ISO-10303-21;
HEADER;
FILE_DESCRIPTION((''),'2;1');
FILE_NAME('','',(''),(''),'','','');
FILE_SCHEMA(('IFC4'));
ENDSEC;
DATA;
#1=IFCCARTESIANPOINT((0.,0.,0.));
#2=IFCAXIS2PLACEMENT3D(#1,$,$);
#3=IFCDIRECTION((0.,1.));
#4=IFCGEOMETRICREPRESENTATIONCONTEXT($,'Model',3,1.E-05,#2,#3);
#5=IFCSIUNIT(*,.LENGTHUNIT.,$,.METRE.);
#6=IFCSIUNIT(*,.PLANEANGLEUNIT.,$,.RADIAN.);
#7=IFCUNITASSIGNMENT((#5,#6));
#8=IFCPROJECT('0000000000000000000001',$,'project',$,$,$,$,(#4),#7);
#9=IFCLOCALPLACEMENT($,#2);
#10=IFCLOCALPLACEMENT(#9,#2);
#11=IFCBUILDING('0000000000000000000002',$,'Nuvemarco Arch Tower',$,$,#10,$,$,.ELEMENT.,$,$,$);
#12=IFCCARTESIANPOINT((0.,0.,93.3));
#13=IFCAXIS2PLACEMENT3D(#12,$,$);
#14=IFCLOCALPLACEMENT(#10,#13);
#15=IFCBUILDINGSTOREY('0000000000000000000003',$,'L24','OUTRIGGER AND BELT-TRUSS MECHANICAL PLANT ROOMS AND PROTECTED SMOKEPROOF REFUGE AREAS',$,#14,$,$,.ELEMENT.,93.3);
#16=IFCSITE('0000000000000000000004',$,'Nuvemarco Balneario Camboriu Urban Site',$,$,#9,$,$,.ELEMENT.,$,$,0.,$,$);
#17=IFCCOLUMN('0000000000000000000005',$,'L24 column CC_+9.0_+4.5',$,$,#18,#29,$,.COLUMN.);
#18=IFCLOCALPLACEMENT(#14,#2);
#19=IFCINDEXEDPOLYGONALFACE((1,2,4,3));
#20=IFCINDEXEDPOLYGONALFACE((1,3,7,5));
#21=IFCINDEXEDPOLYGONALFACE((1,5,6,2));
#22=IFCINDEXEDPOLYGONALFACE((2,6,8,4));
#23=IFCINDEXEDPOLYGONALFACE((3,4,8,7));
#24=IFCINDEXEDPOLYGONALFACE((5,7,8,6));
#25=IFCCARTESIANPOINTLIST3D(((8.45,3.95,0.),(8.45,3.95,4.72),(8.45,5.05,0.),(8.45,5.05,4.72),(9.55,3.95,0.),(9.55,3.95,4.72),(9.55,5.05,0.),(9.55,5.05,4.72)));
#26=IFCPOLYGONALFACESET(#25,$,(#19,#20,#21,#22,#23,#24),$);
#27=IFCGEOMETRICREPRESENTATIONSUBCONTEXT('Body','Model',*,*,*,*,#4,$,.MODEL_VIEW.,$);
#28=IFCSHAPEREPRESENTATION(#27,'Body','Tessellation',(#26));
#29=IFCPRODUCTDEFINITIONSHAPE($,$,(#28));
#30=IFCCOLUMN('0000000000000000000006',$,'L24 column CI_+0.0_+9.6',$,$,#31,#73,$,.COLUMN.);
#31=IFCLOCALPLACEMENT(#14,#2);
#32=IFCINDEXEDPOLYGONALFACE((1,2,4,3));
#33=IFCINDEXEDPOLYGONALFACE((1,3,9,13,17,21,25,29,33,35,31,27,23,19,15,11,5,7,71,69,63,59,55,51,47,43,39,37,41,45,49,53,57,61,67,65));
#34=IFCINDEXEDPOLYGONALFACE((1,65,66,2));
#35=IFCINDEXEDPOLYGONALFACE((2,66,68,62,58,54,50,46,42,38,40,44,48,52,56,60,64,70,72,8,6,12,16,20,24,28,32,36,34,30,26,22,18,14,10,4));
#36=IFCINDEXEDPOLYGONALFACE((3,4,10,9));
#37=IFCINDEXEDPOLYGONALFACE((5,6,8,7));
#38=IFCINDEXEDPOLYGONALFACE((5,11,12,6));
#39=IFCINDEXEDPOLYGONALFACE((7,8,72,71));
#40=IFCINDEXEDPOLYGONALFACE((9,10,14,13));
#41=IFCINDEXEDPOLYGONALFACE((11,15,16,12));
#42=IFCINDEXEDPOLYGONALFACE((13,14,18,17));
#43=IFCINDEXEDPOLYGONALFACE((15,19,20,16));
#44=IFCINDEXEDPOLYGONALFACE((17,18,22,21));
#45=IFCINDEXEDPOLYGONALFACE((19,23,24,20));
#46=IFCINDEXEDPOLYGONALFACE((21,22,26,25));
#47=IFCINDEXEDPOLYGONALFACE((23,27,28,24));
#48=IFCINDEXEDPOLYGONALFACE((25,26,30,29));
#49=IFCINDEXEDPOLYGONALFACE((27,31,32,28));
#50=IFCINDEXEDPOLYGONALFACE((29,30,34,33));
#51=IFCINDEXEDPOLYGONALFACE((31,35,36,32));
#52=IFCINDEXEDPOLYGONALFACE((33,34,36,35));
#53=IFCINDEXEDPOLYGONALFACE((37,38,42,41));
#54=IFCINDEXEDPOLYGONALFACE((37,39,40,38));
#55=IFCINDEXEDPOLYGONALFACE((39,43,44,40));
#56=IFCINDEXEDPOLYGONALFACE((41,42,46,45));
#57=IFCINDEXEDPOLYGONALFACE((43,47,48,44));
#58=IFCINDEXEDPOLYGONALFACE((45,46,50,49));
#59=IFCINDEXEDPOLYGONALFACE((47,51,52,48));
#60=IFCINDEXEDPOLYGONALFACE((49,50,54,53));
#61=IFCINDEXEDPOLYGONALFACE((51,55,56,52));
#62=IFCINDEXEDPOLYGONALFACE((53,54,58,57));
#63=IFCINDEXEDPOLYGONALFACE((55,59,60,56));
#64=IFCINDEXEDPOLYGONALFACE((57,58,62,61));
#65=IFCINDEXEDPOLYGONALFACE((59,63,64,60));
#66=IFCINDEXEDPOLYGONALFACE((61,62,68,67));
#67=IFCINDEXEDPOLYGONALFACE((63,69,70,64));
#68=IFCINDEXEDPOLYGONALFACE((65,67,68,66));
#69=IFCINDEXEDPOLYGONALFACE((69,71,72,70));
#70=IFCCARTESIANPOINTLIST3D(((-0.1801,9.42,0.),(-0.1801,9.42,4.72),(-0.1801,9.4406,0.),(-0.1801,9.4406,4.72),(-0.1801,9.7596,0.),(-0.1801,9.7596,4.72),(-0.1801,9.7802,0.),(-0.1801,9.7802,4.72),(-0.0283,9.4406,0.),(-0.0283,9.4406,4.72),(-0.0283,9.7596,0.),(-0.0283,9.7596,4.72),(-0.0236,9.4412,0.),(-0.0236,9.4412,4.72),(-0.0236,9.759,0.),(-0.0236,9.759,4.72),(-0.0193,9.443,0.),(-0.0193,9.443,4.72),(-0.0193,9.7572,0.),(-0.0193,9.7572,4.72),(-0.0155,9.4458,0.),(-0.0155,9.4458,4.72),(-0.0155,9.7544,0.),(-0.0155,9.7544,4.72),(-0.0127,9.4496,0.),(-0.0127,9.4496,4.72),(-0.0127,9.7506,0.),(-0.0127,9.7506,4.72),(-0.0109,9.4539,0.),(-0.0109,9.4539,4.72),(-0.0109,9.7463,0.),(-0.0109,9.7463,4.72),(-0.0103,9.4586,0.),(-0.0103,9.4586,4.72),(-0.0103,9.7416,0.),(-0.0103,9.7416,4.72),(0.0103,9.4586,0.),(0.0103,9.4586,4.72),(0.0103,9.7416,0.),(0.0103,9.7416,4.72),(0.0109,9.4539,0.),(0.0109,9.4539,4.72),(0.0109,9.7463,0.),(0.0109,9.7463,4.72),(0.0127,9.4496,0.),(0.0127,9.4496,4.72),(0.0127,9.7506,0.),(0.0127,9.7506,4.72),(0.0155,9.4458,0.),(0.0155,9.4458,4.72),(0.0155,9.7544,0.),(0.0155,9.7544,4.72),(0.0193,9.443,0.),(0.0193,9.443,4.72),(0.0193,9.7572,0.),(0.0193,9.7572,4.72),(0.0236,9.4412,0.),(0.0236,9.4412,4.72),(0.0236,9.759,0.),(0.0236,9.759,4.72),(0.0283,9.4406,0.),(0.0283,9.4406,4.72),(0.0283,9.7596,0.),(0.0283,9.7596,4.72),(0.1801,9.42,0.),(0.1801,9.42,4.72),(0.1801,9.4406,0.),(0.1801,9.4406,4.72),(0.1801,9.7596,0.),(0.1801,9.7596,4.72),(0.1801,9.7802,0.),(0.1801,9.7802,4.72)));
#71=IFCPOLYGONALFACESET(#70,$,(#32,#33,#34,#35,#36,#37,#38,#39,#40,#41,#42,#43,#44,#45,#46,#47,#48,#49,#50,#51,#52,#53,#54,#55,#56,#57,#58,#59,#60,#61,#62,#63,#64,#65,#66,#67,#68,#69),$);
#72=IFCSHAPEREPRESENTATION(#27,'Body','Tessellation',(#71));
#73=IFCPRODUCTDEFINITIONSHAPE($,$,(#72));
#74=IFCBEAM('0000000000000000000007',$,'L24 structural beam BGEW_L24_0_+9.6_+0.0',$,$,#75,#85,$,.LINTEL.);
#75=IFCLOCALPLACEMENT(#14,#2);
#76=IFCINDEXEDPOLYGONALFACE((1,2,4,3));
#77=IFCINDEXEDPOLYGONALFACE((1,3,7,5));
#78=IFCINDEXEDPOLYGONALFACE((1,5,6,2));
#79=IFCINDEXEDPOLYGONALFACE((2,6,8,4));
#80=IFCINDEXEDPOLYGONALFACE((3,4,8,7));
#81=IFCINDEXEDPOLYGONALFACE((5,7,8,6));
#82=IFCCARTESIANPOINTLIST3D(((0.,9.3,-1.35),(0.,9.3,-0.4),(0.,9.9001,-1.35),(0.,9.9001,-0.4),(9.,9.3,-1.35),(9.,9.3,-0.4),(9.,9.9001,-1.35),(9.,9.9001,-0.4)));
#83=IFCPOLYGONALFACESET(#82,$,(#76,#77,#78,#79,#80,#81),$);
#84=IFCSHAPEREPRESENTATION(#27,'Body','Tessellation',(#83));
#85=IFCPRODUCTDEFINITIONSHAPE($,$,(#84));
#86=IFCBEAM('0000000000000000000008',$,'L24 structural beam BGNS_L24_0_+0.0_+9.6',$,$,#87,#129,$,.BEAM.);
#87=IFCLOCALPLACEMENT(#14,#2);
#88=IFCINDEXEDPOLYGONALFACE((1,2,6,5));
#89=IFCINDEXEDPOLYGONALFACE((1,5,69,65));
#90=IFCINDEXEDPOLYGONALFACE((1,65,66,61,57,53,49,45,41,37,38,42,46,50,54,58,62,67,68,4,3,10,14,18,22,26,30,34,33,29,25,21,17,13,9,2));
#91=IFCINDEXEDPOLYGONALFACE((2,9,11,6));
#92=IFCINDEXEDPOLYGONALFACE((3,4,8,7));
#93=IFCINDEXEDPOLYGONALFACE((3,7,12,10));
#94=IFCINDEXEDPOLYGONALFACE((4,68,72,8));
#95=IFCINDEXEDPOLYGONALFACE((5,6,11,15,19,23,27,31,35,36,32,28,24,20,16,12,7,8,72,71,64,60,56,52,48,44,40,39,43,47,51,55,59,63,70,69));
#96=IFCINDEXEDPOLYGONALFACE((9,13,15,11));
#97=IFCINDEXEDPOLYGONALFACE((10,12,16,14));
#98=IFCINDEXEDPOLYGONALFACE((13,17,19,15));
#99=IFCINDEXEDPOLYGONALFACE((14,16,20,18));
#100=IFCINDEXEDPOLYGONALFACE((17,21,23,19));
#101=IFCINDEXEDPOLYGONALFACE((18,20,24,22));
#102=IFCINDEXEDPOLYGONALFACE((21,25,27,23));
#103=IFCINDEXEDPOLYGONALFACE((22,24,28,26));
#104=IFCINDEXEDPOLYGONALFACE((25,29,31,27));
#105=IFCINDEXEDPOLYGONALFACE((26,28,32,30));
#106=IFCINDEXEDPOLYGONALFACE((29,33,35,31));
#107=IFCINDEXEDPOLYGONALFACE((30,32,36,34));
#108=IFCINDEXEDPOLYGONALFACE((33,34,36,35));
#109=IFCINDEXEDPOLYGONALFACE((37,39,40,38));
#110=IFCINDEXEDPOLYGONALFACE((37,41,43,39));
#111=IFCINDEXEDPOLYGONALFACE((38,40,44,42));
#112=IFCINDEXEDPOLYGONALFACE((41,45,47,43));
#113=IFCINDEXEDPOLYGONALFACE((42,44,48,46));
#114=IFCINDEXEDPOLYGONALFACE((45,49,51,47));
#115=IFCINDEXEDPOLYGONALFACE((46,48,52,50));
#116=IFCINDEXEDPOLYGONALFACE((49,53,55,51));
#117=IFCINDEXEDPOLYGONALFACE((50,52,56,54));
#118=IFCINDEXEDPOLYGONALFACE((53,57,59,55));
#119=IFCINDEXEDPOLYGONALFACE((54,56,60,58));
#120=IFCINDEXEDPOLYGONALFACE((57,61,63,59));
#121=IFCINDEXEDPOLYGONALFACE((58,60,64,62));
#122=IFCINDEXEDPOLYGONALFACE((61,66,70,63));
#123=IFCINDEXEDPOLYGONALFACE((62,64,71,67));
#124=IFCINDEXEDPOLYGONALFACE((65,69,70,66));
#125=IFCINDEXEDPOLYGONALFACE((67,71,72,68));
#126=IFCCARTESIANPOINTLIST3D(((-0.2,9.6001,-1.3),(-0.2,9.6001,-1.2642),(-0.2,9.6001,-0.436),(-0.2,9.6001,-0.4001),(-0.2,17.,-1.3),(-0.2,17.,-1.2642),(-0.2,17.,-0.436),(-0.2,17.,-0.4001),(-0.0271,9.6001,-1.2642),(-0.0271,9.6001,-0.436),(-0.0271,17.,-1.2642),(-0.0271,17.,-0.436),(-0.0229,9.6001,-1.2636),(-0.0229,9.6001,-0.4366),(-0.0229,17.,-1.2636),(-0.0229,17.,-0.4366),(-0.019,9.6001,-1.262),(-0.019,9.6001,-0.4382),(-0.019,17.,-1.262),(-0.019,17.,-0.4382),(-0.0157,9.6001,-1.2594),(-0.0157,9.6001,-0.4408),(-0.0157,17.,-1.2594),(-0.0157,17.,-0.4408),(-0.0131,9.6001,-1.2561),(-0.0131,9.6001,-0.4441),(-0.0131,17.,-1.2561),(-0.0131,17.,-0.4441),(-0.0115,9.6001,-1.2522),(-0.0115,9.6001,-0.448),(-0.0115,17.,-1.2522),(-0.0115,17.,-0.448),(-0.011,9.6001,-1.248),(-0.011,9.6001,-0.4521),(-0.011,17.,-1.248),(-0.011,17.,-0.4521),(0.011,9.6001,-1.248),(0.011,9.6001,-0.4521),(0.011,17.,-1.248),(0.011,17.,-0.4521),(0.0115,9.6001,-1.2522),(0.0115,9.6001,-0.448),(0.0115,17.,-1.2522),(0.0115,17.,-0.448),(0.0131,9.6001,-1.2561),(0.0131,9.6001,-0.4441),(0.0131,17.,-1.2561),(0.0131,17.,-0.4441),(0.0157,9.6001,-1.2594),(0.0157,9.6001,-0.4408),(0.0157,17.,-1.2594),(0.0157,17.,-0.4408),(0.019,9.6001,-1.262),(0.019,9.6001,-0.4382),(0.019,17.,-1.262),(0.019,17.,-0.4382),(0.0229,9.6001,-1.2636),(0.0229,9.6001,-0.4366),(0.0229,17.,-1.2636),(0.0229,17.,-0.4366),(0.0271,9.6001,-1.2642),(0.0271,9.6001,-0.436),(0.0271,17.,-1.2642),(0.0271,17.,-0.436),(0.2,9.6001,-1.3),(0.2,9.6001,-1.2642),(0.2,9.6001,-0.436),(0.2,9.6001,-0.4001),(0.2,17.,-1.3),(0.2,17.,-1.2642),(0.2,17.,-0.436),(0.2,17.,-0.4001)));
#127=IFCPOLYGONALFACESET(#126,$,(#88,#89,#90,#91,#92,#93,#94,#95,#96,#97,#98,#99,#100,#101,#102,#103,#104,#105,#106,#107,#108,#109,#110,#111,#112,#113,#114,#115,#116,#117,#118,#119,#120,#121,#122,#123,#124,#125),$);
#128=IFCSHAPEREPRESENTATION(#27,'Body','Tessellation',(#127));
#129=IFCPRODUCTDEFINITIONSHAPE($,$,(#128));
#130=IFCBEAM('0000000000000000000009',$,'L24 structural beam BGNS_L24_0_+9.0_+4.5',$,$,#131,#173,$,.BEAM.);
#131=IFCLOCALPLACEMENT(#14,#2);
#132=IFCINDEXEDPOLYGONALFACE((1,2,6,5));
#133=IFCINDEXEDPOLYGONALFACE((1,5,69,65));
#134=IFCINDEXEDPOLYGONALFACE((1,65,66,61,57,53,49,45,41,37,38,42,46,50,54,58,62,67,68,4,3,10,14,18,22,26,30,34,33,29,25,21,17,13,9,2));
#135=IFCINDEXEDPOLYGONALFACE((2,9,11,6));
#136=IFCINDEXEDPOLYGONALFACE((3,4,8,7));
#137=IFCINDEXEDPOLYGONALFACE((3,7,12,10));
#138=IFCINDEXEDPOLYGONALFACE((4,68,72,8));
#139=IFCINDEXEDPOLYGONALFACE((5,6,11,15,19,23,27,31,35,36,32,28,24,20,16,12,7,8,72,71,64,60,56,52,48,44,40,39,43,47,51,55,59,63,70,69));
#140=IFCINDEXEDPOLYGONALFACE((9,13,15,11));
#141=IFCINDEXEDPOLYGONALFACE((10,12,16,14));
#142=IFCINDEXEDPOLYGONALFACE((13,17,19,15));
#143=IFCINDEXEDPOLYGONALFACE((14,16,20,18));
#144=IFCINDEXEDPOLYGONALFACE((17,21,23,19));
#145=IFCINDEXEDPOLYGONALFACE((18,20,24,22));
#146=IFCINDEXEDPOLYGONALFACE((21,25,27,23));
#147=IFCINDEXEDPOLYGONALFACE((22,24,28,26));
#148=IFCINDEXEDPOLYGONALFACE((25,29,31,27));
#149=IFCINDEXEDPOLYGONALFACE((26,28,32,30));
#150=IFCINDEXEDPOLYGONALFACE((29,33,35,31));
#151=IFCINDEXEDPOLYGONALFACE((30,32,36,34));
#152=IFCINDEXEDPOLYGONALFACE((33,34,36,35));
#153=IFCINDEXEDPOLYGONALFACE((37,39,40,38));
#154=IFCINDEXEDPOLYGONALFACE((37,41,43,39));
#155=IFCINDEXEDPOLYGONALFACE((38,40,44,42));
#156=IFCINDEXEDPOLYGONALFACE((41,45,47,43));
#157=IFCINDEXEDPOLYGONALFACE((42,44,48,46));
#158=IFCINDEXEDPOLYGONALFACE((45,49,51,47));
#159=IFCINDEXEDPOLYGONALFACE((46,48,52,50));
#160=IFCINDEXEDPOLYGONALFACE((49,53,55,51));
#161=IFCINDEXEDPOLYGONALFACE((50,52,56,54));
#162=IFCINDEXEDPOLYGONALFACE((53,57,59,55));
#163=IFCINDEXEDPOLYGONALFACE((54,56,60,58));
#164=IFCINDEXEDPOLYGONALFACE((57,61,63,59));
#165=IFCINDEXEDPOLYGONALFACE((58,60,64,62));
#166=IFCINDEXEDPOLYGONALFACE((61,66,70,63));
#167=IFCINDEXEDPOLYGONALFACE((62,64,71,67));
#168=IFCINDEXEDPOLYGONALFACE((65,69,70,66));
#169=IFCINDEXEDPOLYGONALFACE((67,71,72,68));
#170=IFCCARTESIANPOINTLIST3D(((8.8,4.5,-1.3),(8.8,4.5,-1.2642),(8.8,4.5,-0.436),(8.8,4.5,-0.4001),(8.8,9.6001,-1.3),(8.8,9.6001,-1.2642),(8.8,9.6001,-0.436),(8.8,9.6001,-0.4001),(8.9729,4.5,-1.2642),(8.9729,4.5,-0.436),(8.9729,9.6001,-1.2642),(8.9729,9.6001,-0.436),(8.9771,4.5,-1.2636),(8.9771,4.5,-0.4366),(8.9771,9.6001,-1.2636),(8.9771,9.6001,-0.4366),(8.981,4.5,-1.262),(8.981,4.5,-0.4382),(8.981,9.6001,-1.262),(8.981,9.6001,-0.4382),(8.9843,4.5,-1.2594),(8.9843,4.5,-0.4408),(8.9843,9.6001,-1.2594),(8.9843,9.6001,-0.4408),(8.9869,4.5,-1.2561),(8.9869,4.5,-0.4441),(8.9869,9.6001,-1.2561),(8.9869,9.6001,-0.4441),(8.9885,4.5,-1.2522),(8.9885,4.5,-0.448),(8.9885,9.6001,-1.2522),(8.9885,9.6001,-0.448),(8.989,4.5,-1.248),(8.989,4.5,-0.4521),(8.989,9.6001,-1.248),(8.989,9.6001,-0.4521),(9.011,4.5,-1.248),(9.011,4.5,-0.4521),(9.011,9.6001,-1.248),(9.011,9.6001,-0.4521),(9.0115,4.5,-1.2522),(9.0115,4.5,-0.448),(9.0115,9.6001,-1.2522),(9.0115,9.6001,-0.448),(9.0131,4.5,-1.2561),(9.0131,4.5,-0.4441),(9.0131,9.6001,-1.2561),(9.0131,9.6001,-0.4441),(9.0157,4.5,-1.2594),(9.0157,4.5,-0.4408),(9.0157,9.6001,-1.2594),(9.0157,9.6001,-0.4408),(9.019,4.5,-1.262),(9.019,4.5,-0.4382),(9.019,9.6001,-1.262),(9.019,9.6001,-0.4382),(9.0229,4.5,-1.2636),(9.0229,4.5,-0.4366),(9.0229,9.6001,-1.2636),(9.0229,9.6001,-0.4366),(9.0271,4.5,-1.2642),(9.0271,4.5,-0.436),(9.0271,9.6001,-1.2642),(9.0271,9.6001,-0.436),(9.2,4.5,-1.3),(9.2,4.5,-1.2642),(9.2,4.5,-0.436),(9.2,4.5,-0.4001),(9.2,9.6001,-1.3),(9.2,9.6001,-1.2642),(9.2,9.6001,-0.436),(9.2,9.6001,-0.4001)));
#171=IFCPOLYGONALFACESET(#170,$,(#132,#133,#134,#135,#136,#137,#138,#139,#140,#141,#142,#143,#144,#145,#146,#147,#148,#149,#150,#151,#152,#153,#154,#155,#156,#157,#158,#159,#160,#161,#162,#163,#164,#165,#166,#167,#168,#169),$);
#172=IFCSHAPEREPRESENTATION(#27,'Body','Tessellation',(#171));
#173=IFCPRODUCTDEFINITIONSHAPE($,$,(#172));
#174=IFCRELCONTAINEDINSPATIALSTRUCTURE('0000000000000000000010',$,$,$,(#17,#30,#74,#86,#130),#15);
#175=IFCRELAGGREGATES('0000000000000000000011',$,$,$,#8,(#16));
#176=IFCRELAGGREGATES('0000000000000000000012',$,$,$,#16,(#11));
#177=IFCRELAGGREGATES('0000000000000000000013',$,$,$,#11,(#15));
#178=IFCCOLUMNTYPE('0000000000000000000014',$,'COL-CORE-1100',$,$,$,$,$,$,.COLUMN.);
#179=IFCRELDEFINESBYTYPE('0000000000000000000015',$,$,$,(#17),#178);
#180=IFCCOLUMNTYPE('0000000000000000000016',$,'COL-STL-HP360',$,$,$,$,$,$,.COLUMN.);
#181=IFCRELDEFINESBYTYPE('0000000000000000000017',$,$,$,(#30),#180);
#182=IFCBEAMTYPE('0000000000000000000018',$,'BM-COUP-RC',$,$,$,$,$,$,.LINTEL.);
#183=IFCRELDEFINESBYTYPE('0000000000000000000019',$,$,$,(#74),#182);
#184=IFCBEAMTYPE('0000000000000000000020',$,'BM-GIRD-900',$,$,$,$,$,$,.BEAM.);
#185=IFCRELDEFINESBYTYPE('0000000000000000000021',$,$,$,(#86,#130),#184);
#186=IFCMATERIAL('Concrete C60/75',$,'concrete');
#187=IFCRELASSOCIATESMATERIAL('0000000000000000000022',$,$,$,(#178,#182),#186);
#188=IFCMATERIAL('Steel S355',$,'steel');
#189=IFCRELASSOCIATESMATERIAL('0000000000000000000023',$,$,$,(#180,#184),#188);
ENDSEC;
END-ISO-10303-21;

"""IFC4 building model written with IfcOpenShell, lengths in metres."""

from ifc_helpers import new_model, si_unit, direction, frame, origin, origin_2d, place, context, subcontext, project, spatial, rectangle, i_section, extrude, material, material_profile, profile_set, type_object, element, save


model = new_model("IFC4")

# Units and contexts
model_context = context("Model", 3, precision=1e-05, world=origin(), true_north=direction((0.0, 1.0)))
body_context = subcontext(model_context, "Body", "Model", "MODEL_VIEW")
ifc_project = project(units=[si_unit("LENGTHUNIT", "METRE"), si_unit("PLANEANGLEUNIT", "RADIAN")], contexts=[model_context])

# Site, building, storey
site_placement = place(None, origin())
site = spatial("IfcSite", under=ifc_project, at=site_placement, Name="Nuvemarco Balneario Camboriu Urban Site", CompositionType="ELEMENT", RefElevation=0.0)
building_placement = place(site_placement, origin())
building = spatial("IfcBuilding", under=site, at=building_placement, Name="Nuvemarco Arch Tower", CompositionType="ELEMENT")
storey_placement = place(building_placement, frame((0.0, 0.0, 93.3)))
storey = spatial("IfcBuildingStorey", under=building, at=storey_placement, Name="L24", Description="OUTRIGGER AND BELT-TRUSS MECHANICAL PLANT ROOMS AND PROTECTED SMOKEPROOF REFUGE AREAS", CompositionType="ELEMENT", Elevation=93.3)

# Columns
ifc_material_1 = material(Name="Concrete C60/75", Category="concrete")
ifc_material_profile_1 = material_profile(ifc_material_1, rectangle(XDim=1.1001, YDim=1.1001, at=origin_2d()), Name="RC-COL-1100x1100")
ifc_profile_set_1 = profile_set([ifc_material_profile_1], Name="Concrete C60/75")
column_type_1 = type_object("IfcColumnType", Name="COL-CORE-1100", PredefinedType="COLUMN", material=ifc_profile_set_1)
column_1_placement = place(storey_placement, frame((9.0, 4.5, 0.0), z_axis=(0.0, 0.0, 1.0), x_axis=(1.0, 0.0, 0.0)))
element("IfcColumn", 1, at=column_1_placement, inside=storey, type_object=column_type_1, Name="L24 column CC_+9.0_+4.5", PredefinedType="COLUMN", context=body_context, shape_type="SweptSolid", body=[
    extrude(rectangle(XDim=1.1001, YDim=1.1001, at=origin_2d()), origin(), (0.0, 0.0, 1.0), 4.72),
])
ifc_material_2 = material(Name="Steel S355", Category="steel")
ifc_material_profile_2 = material_profile(ifc_material_2, i_section(OverallWidth=0.3601, OverallDepth=0.3601, WebThickness=0.0205, FlangeThickness=0.0205, FilletRadius=0.0181, at=origin_2d()), Name="HP360x174")
ifc_profile_set_2 = profile_set([ifc_material_profile_2], Name="Steel S355")
column_type_2 = type_object("IfcColumnType", Name="COL-STL-HP360", PredefinedType="COLUMN", material=ifc_profile_set_2)
column_2_placement = place(storey_placement, frame((0.0, 9.6001, 0.0), z_axis=(0.0, 0.0, 1.0), x_axis=(1.0, 0.0, 0.0)))
element("IfcColumn", 2, at=column_2_placement, inside=storey, type_object=column_type_2, Name="L24 column CI_+0.0_+9.6", PredefinedType="COLUMN", context=body_context, shape_type="SweptSolid", body=[
    extrude(i_section(OverallWidth=0.3601, OverallDepth=0.3601, WebThickness=0.0205, FlangeThickness=0.0205, FilletRadius=0.0181, at=origin_2d()), origin(), (0.0, 0.0, 1.0), 4.72),
])

# Beams
ifc_material_profile_3 = material_profile(ifc_material_1, rectangle(XDim=0.6001, YDim=0.95, at=origin_2d()), Name="RC-BM-600x950")
ifc_profile_set_3 = profile_set([ifc_material_profile_3], Name="Concrete C60/75")
beam_type_1 = type_object("IfcBeamType", Name="BM-COUP-RC", PredefinedType="LINTEL", material=ifc_profile_set_3)
beam_1_placement = place(storey_placement, frame((0.0, 9.6001, -0.875), z_axis=(1.0, 0.0, 0.0), x_axis=(0.0, 1.0, 0.0)))
element("IfcBeam", 3, at=beam_1_placement, inside=storey, type_object=beam_type_1, Name="L24 structural beam BGEW_L24_0_+9.6_+0.0", PredefinedType="LINTEL", context=body_context, shape_type="SweptSolid", body=[
    extrude(rectangle(XDim=0.6001, YDim=0.95, at=origin_2d()), origin(), (0.0, 0.0, 1.0), 9.0),
])
ifc_material_profile_4 = material_profile(ifc_material_2, i_section(OverallWidth=0.3999, OverallDepth=0.8999, WebThickness=0.022, FlangeThickness=0.0359, FilletRadius=0.0161, at=origin_2d()), Name="PG900x400")
ifc_profile_set_4 = profile_set([ifc_material_profile_4], Name="Steel S355")
beam_type_2 = type_object("IfcBeamType", Name="BM-GIRD-900", PredefinedType="BEAM", material=ifc_profile_set_4)
beam_2_placement = place(storey_placement, frame((0.0, 9.6001, -0.8501), z_axis=(0.0, 1.0, 0.0), x_axis=(-1.0, 0.0, 0.0)))
element("IfcBeam", 4, at=beam_2_placement, inside=storey, type_object=beam_type_2, Name="L24 structural beam BGNS_L24_0_+0.0_+9.6", PredefinedType="BEAM", context=body_context, shape_type="SweptSolid", body=[
    extrude(i_section(OverallWidth=0.3999, OverallDepth=0.8999, WebThickness=0.022, FlangeThickness=0.0359, FilletRadius=0.0161, at=origin_2d()), origin(), (0.0, 0.0, 1.0), 7.3999),
])
beam_3_placement = place(storey_placement, frame((9.0, 4.5, -0.8501), z_axis=(0.0, 1.0, 0.0), x_axis=(-1.0, 0.0, 0.0)))
element("IfcBeam", 5, at=beam_3_placement, inside=storey, type_object=beam_type_2, Name="L24 structural beam BGNS_L24_0_+9.0_+4.5", PredefinedType="BEAM", context=body_context, shape_type="SweptSolid", body=[
    extrude(i_section(OverallWidth=0.3999, OverallDepth=0.8999, WebThickness=0.022, FlangeThickness=0.0359, FilletRadius=0.0161, at=origin_2d()), origin(), (0.0, 0.0, 1.0), 5.1001),
])

save(model, "model.ifc")
